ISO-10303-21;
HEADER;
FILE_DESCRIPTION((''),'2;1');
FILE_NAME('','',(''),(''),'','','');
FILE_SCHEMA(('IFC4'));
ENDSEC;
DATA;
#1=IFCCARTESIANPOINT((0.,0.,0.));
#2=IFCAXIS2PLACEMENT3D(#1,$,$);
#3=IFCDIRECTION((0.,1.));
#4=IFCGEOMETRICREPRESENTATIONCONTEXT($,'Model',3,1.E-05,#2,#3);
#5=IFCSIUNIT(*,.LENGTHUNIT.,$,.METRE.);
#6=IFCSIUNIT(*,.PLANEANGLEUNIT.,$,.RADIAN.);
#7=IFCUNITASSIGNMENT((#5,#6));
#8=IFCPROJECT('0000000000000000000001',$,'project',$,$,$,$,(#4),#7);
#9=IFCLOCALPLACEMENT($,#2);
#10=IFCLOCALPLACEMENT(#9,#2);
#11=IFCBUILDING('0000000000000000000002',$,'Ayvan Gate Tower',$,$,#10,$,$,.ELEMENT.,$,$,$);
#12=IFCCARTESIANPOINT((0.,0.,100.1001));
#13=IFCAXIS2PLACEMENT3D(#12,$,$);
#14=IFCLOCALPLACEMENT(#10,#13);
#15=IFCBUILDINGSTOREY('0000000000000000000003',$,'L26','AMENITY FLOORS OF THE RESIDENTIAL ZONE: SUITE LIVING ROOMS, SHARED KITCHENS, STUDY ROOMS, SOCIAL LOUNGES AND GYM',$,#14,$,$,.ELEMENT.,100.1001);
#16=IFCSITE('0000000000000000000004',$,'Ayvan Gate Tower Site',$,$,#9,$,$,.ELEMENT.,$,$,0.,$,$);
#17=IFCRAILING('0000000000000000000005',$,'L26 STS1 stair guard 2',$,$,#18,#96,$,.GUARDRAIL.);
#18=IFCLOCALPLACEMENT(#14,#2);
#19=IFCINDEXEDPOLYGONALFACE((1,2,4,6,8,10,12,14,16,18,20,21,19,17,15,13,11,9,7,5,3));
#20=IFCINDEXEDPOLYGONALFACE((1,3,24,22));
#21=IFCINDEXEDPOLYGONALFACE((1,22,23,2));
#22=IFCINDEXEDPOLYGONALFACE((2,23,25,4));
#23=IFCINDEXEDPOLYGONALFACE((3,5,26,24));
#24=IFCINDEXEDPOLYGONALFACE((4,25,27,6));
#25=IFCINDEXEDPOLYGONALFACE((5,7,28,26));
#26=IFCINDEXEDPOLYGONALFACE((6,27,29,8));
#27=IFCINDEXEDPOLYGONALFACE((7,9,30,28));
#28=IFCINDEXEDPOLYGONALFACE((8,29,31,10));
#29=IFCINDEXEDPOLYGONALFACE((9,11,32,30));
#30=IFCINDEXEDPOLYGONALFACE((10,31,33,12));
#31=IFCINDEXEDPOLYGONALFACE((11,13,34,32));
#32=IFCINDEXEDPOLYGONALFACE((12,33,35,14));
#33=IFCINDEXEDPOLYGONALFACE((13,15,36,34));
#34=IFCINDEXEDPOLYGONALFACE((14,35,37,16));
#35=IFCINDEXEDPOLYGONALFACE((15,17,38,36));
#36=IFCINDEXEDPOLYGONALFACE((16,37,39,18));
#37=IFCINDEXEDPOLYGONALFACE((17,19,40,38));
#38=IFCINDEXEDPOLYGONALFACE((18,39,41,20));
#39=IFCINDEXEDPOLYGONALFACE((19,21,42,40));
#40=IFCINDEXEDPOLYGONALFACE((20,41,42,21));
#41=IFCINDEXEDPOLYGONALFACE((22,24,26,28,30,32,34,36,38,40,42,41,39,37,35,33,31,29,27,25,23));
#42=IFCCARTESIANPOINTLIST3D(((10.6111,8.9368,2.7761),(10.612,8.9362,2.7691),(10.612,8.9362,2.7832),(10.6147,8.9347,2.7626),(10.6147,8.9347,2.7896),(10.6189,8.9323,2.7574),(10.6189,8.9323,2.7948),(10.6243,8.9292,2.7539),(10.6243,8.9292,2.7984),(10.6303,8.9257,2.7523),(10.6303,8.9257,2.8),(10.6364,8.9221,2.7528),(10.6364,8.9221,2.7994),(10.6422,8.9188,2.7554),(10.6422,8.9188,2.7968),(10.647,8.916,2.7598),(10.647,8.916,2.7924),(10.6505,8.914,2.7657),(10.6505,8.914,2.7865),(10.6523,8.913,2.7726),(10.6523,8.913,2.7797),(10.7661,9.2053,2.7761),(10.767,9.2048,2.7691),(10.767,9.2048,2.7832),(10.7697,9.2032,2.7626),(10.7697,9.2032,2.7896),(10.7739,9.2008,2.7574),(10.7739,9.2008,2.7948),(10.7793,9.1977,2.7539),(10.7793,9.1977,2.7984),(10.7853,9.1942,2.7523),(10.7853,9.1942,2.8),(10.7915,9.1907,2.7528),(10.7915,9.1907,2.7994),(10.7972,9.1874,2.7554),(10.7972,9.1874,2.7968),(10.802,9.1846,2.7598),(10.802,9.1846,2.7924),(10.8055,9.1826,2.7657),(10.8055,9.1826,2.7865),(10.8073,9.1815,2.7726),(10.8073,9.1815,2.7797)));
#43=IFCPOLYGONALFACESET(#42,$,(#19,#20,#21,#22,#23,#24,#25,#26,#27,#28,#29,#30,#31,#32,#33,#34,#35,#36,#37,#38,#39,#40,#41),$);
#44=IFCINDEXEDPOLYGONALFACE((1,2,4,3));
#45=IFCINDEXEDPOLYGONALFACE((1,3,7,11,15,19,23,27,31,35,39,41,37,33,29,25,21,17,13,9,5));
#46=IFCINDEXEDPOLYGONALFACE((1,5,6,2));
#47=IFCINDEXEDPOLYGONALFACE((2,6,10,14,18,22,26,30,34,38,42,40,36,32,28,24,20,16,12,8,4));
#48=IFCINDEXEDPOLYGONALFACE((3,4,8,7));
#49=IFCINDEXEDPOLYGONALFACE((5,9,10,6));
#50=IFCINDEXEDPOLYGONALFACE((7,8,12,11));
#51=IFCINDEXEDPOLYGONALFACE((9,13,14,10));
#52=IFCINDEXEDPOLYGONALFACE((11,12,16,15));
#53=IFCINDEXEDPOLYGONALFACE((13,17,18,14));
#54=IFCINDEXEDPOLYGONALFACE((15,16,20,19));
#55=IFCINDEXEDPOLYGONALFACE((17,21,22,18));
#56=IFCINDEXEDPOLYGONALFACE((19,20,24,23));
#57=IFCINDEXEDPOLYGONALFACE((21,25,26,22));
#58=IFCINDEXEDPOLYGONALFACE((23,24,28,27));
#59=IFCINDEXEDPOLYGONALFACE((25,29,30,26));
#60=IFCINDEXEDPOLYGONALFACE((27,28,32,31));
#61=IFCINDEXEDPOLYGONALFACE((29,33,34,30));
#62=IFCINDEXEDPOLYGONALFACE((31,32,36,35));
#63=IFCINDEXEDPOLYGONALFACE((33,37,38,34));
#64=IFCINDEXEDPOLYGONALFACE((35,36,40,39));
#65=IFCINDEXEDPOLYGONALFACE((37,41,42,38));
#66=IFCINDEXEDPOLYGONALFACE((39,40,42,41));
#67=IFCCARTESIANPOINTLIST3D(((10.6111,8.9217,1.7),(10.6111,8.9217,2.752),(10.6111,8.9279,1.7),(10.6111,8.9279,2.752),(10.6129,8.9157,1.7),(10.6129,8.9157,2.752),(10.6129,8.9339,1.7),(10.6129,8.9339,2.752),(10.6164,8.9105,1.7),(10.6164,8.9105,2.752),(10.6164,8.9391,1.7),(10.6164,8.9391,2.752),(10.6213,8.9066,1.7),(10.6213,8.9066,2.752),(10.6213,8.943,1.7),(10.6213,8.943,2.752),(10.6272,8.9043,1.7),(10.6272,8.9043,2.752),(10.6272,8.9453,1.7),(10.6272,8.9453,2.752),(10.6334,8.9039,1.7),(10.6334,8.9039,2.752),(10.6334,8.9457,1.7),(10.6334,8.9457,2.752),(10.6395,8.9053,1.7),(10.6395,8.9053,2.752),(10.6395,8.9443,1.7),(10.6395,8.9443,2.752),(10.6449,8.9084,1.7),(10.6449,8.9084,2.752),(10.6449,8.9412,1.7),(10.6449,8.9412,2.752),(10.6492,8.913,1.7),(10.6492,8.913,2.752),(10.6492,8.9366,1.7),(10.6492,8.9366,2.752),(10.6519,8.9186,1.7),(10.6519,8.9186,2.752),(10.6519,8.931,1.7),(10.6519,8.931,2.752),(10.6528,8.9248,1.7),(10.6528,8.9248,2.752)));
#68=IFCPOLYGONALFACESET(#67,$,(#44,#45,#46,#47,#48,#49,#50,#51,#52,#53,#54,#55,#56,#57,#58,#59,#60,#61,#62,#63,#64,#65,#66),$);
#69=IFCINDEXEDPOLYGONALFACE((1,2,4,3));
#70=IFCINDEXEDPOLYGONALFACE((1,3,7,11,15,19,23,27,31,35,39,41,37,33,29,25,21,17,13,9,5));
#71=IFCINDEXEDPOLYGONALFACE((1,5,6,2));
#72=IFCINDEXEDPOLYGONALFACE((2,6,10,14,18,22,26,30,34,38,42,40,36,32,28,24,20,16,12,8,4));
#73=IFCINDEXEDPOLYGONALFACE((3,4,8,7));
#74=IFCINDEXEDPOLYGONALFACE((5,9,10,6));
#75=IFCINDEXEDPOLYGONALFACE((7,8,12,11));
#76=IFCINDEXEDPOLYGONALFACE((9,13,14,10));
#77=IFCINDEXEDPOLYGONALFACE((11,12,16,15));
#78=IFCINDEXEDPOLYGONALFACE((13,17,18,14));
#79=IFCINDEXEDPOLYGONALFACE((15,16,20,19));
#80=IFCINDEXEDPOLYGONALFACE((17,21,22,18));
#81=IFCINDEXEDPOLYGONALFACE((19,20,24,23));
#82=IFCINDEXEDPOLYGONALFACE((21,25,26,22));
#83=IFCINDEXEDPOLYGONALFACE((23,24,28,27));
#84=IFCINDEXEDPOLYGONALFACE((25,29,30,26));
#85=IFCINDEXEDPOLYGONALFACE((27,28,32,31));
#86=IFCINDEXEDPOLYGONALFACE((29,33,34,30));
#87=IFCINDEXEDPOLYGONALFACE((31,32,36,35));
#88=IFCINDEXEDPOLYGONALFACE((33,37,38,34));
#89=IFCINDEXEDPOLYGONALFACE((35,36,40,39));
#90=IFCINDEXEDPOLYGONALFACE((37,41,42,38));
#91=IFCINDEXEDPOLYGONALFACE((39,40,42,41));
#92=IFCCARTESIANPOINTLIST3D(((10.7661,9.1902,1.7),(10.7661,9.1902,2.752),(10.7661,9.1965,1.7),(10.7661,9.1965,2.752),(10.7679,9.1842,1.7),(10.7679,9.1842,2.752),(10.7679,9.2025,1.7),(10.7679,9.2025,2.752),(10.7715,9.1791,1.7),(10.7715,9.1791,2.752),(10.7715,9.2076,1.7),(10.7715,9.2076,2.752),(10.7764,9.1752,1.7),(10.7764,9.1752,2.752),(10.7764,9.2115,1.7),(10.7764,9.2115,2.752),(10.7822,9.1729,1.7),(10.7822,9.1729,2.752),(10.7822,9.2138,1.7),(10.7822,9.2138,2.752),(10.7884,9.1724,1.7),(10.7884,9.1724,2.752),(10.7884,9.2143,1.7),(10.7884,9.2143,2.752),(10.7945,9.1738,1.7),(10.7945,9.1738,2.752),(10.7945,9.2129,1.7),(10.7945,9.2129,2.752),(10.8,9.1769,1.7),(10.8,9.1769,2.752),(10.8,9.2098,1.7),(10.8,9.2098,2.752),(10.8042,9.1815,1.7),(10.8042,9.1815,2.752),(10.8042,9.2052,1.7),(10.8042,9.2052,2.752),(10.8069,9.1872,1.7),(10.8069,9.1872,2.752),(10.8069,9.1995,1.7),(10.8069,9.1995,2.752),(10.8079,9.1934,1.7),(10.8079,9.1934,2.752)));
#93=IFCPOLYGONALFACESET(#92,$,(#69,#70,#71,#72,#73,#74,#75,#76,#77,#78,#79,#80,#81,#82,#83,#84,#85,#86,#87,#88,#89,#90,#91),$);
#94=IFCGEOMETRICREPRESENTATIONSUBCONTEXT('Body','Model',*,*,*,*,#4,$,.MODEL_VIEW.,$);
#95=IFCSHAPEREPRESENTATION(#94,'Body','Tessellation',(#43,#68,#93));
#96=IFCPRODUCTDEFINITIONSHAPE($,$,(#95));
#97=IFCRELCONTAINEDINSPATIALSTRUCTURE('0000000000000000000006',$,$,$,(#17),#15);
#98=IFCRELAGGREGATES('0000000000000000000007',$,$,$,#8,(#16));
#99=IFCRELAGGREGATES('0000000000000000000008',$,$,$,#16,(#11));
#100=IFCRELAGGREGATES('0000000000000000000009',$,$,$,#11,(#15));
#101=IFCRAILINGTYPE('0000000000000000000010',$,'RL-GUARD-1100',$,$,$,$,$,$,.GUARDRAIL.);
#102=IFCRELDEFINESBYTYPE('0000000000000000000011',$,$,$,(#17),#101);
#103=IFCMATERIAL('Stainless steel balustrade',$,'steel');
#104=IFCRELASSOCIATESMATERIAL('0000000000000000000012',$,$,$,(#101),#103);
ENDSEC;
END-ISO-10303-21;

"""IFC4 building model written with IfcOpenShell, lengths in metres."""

from ifc_helpers import new_model, si_unit, direction, frame, origin, origin_2d, place, context, subcontext, project, spatial, circle, extrude, material, type_object, element, save


model = new_model("IFC4")

# Units and contexts
model_context = context("Model", 3, precision=1e-05, world=origin(), true_north=direction((0.0, 1.0)))
body_context = subcontext(model_context, "Body", "Model", "MODEL_VIEW")
ifc_project = project(units=[si_unit("LENGTHUNIT", "METRE"), si_unit("PLANEANGLEUNIT", "RADIAN")], contexts=[model_context])

# Site, building, storey
site_placement = place(None, origin())
site = spatial("IfcSite", under=ifc_project, at=site_placement, Name="Ayvan Gate Tower Site", CompositionType="ELEMENT", RefElevation=0.0)
building_placement = place(site_placement, origin())
building = spatial("IfcBuilding", under=site, at=building_placement, Name="Ayvan Gate Tower", CompositionType="ELEMENT")
storey_placement = place(building_placement, frame((0.0, 0.0, 100.1001)))
storey = spatial("IfcBuildingStorey", under=building, at=storey_placement, Name="L26", Description="AMENITY FLOORS OF THE RESIDENTIAL ZONE: SUITE LIVING ROOMS, SHARED KITCHENS, STUDY ROOMS, SOCIAL LOUNGES AND GYM", CompositionType="ELEMENT", Elevation=100.1001)

# Railing
ifc_material_1 = material(Name="Stainless steel balustrade", Category="steel")
railing_type_1 = type_object("IfcRailingType", Name="RL-GUARD-1100", PredefinedType="GUARDRAIL", material=ifc_material_1)
railing_1_placement = place(storey_placement, frame((10.6318, 8.9248, 1.7)))
element("IfcRailing", 1, at=railing_1_placement, inside=storey, type_object=railing_type_1, Name="L26 STS1 stair guard 2", PredefinedType="GUARDRAIL", context=body_context, shape_type="SweptSolid", body=[
    extrude(circle(Radius=0.0239, at=origin_2d()), frame((0.0, 0.0, 1.0762), z_axis=(0.49995, 0.866054, 0.0), x_axis=(-0.866054, 0.49995, 0.0)), (0.0, 0.0, 1.0), 0.3101),
    extrude(circle(Radius=0.021, at=origin_2d()), origin(), (0.0, 0.0, 1.0), 1.052),
    extrude(circle(Radius=0.021, at=origin_2d()), frame((0.155, 0.2686, 0.0)), (0.0, 0.0, 1.0), 1.052),
])

save(model, "model.ifc")
